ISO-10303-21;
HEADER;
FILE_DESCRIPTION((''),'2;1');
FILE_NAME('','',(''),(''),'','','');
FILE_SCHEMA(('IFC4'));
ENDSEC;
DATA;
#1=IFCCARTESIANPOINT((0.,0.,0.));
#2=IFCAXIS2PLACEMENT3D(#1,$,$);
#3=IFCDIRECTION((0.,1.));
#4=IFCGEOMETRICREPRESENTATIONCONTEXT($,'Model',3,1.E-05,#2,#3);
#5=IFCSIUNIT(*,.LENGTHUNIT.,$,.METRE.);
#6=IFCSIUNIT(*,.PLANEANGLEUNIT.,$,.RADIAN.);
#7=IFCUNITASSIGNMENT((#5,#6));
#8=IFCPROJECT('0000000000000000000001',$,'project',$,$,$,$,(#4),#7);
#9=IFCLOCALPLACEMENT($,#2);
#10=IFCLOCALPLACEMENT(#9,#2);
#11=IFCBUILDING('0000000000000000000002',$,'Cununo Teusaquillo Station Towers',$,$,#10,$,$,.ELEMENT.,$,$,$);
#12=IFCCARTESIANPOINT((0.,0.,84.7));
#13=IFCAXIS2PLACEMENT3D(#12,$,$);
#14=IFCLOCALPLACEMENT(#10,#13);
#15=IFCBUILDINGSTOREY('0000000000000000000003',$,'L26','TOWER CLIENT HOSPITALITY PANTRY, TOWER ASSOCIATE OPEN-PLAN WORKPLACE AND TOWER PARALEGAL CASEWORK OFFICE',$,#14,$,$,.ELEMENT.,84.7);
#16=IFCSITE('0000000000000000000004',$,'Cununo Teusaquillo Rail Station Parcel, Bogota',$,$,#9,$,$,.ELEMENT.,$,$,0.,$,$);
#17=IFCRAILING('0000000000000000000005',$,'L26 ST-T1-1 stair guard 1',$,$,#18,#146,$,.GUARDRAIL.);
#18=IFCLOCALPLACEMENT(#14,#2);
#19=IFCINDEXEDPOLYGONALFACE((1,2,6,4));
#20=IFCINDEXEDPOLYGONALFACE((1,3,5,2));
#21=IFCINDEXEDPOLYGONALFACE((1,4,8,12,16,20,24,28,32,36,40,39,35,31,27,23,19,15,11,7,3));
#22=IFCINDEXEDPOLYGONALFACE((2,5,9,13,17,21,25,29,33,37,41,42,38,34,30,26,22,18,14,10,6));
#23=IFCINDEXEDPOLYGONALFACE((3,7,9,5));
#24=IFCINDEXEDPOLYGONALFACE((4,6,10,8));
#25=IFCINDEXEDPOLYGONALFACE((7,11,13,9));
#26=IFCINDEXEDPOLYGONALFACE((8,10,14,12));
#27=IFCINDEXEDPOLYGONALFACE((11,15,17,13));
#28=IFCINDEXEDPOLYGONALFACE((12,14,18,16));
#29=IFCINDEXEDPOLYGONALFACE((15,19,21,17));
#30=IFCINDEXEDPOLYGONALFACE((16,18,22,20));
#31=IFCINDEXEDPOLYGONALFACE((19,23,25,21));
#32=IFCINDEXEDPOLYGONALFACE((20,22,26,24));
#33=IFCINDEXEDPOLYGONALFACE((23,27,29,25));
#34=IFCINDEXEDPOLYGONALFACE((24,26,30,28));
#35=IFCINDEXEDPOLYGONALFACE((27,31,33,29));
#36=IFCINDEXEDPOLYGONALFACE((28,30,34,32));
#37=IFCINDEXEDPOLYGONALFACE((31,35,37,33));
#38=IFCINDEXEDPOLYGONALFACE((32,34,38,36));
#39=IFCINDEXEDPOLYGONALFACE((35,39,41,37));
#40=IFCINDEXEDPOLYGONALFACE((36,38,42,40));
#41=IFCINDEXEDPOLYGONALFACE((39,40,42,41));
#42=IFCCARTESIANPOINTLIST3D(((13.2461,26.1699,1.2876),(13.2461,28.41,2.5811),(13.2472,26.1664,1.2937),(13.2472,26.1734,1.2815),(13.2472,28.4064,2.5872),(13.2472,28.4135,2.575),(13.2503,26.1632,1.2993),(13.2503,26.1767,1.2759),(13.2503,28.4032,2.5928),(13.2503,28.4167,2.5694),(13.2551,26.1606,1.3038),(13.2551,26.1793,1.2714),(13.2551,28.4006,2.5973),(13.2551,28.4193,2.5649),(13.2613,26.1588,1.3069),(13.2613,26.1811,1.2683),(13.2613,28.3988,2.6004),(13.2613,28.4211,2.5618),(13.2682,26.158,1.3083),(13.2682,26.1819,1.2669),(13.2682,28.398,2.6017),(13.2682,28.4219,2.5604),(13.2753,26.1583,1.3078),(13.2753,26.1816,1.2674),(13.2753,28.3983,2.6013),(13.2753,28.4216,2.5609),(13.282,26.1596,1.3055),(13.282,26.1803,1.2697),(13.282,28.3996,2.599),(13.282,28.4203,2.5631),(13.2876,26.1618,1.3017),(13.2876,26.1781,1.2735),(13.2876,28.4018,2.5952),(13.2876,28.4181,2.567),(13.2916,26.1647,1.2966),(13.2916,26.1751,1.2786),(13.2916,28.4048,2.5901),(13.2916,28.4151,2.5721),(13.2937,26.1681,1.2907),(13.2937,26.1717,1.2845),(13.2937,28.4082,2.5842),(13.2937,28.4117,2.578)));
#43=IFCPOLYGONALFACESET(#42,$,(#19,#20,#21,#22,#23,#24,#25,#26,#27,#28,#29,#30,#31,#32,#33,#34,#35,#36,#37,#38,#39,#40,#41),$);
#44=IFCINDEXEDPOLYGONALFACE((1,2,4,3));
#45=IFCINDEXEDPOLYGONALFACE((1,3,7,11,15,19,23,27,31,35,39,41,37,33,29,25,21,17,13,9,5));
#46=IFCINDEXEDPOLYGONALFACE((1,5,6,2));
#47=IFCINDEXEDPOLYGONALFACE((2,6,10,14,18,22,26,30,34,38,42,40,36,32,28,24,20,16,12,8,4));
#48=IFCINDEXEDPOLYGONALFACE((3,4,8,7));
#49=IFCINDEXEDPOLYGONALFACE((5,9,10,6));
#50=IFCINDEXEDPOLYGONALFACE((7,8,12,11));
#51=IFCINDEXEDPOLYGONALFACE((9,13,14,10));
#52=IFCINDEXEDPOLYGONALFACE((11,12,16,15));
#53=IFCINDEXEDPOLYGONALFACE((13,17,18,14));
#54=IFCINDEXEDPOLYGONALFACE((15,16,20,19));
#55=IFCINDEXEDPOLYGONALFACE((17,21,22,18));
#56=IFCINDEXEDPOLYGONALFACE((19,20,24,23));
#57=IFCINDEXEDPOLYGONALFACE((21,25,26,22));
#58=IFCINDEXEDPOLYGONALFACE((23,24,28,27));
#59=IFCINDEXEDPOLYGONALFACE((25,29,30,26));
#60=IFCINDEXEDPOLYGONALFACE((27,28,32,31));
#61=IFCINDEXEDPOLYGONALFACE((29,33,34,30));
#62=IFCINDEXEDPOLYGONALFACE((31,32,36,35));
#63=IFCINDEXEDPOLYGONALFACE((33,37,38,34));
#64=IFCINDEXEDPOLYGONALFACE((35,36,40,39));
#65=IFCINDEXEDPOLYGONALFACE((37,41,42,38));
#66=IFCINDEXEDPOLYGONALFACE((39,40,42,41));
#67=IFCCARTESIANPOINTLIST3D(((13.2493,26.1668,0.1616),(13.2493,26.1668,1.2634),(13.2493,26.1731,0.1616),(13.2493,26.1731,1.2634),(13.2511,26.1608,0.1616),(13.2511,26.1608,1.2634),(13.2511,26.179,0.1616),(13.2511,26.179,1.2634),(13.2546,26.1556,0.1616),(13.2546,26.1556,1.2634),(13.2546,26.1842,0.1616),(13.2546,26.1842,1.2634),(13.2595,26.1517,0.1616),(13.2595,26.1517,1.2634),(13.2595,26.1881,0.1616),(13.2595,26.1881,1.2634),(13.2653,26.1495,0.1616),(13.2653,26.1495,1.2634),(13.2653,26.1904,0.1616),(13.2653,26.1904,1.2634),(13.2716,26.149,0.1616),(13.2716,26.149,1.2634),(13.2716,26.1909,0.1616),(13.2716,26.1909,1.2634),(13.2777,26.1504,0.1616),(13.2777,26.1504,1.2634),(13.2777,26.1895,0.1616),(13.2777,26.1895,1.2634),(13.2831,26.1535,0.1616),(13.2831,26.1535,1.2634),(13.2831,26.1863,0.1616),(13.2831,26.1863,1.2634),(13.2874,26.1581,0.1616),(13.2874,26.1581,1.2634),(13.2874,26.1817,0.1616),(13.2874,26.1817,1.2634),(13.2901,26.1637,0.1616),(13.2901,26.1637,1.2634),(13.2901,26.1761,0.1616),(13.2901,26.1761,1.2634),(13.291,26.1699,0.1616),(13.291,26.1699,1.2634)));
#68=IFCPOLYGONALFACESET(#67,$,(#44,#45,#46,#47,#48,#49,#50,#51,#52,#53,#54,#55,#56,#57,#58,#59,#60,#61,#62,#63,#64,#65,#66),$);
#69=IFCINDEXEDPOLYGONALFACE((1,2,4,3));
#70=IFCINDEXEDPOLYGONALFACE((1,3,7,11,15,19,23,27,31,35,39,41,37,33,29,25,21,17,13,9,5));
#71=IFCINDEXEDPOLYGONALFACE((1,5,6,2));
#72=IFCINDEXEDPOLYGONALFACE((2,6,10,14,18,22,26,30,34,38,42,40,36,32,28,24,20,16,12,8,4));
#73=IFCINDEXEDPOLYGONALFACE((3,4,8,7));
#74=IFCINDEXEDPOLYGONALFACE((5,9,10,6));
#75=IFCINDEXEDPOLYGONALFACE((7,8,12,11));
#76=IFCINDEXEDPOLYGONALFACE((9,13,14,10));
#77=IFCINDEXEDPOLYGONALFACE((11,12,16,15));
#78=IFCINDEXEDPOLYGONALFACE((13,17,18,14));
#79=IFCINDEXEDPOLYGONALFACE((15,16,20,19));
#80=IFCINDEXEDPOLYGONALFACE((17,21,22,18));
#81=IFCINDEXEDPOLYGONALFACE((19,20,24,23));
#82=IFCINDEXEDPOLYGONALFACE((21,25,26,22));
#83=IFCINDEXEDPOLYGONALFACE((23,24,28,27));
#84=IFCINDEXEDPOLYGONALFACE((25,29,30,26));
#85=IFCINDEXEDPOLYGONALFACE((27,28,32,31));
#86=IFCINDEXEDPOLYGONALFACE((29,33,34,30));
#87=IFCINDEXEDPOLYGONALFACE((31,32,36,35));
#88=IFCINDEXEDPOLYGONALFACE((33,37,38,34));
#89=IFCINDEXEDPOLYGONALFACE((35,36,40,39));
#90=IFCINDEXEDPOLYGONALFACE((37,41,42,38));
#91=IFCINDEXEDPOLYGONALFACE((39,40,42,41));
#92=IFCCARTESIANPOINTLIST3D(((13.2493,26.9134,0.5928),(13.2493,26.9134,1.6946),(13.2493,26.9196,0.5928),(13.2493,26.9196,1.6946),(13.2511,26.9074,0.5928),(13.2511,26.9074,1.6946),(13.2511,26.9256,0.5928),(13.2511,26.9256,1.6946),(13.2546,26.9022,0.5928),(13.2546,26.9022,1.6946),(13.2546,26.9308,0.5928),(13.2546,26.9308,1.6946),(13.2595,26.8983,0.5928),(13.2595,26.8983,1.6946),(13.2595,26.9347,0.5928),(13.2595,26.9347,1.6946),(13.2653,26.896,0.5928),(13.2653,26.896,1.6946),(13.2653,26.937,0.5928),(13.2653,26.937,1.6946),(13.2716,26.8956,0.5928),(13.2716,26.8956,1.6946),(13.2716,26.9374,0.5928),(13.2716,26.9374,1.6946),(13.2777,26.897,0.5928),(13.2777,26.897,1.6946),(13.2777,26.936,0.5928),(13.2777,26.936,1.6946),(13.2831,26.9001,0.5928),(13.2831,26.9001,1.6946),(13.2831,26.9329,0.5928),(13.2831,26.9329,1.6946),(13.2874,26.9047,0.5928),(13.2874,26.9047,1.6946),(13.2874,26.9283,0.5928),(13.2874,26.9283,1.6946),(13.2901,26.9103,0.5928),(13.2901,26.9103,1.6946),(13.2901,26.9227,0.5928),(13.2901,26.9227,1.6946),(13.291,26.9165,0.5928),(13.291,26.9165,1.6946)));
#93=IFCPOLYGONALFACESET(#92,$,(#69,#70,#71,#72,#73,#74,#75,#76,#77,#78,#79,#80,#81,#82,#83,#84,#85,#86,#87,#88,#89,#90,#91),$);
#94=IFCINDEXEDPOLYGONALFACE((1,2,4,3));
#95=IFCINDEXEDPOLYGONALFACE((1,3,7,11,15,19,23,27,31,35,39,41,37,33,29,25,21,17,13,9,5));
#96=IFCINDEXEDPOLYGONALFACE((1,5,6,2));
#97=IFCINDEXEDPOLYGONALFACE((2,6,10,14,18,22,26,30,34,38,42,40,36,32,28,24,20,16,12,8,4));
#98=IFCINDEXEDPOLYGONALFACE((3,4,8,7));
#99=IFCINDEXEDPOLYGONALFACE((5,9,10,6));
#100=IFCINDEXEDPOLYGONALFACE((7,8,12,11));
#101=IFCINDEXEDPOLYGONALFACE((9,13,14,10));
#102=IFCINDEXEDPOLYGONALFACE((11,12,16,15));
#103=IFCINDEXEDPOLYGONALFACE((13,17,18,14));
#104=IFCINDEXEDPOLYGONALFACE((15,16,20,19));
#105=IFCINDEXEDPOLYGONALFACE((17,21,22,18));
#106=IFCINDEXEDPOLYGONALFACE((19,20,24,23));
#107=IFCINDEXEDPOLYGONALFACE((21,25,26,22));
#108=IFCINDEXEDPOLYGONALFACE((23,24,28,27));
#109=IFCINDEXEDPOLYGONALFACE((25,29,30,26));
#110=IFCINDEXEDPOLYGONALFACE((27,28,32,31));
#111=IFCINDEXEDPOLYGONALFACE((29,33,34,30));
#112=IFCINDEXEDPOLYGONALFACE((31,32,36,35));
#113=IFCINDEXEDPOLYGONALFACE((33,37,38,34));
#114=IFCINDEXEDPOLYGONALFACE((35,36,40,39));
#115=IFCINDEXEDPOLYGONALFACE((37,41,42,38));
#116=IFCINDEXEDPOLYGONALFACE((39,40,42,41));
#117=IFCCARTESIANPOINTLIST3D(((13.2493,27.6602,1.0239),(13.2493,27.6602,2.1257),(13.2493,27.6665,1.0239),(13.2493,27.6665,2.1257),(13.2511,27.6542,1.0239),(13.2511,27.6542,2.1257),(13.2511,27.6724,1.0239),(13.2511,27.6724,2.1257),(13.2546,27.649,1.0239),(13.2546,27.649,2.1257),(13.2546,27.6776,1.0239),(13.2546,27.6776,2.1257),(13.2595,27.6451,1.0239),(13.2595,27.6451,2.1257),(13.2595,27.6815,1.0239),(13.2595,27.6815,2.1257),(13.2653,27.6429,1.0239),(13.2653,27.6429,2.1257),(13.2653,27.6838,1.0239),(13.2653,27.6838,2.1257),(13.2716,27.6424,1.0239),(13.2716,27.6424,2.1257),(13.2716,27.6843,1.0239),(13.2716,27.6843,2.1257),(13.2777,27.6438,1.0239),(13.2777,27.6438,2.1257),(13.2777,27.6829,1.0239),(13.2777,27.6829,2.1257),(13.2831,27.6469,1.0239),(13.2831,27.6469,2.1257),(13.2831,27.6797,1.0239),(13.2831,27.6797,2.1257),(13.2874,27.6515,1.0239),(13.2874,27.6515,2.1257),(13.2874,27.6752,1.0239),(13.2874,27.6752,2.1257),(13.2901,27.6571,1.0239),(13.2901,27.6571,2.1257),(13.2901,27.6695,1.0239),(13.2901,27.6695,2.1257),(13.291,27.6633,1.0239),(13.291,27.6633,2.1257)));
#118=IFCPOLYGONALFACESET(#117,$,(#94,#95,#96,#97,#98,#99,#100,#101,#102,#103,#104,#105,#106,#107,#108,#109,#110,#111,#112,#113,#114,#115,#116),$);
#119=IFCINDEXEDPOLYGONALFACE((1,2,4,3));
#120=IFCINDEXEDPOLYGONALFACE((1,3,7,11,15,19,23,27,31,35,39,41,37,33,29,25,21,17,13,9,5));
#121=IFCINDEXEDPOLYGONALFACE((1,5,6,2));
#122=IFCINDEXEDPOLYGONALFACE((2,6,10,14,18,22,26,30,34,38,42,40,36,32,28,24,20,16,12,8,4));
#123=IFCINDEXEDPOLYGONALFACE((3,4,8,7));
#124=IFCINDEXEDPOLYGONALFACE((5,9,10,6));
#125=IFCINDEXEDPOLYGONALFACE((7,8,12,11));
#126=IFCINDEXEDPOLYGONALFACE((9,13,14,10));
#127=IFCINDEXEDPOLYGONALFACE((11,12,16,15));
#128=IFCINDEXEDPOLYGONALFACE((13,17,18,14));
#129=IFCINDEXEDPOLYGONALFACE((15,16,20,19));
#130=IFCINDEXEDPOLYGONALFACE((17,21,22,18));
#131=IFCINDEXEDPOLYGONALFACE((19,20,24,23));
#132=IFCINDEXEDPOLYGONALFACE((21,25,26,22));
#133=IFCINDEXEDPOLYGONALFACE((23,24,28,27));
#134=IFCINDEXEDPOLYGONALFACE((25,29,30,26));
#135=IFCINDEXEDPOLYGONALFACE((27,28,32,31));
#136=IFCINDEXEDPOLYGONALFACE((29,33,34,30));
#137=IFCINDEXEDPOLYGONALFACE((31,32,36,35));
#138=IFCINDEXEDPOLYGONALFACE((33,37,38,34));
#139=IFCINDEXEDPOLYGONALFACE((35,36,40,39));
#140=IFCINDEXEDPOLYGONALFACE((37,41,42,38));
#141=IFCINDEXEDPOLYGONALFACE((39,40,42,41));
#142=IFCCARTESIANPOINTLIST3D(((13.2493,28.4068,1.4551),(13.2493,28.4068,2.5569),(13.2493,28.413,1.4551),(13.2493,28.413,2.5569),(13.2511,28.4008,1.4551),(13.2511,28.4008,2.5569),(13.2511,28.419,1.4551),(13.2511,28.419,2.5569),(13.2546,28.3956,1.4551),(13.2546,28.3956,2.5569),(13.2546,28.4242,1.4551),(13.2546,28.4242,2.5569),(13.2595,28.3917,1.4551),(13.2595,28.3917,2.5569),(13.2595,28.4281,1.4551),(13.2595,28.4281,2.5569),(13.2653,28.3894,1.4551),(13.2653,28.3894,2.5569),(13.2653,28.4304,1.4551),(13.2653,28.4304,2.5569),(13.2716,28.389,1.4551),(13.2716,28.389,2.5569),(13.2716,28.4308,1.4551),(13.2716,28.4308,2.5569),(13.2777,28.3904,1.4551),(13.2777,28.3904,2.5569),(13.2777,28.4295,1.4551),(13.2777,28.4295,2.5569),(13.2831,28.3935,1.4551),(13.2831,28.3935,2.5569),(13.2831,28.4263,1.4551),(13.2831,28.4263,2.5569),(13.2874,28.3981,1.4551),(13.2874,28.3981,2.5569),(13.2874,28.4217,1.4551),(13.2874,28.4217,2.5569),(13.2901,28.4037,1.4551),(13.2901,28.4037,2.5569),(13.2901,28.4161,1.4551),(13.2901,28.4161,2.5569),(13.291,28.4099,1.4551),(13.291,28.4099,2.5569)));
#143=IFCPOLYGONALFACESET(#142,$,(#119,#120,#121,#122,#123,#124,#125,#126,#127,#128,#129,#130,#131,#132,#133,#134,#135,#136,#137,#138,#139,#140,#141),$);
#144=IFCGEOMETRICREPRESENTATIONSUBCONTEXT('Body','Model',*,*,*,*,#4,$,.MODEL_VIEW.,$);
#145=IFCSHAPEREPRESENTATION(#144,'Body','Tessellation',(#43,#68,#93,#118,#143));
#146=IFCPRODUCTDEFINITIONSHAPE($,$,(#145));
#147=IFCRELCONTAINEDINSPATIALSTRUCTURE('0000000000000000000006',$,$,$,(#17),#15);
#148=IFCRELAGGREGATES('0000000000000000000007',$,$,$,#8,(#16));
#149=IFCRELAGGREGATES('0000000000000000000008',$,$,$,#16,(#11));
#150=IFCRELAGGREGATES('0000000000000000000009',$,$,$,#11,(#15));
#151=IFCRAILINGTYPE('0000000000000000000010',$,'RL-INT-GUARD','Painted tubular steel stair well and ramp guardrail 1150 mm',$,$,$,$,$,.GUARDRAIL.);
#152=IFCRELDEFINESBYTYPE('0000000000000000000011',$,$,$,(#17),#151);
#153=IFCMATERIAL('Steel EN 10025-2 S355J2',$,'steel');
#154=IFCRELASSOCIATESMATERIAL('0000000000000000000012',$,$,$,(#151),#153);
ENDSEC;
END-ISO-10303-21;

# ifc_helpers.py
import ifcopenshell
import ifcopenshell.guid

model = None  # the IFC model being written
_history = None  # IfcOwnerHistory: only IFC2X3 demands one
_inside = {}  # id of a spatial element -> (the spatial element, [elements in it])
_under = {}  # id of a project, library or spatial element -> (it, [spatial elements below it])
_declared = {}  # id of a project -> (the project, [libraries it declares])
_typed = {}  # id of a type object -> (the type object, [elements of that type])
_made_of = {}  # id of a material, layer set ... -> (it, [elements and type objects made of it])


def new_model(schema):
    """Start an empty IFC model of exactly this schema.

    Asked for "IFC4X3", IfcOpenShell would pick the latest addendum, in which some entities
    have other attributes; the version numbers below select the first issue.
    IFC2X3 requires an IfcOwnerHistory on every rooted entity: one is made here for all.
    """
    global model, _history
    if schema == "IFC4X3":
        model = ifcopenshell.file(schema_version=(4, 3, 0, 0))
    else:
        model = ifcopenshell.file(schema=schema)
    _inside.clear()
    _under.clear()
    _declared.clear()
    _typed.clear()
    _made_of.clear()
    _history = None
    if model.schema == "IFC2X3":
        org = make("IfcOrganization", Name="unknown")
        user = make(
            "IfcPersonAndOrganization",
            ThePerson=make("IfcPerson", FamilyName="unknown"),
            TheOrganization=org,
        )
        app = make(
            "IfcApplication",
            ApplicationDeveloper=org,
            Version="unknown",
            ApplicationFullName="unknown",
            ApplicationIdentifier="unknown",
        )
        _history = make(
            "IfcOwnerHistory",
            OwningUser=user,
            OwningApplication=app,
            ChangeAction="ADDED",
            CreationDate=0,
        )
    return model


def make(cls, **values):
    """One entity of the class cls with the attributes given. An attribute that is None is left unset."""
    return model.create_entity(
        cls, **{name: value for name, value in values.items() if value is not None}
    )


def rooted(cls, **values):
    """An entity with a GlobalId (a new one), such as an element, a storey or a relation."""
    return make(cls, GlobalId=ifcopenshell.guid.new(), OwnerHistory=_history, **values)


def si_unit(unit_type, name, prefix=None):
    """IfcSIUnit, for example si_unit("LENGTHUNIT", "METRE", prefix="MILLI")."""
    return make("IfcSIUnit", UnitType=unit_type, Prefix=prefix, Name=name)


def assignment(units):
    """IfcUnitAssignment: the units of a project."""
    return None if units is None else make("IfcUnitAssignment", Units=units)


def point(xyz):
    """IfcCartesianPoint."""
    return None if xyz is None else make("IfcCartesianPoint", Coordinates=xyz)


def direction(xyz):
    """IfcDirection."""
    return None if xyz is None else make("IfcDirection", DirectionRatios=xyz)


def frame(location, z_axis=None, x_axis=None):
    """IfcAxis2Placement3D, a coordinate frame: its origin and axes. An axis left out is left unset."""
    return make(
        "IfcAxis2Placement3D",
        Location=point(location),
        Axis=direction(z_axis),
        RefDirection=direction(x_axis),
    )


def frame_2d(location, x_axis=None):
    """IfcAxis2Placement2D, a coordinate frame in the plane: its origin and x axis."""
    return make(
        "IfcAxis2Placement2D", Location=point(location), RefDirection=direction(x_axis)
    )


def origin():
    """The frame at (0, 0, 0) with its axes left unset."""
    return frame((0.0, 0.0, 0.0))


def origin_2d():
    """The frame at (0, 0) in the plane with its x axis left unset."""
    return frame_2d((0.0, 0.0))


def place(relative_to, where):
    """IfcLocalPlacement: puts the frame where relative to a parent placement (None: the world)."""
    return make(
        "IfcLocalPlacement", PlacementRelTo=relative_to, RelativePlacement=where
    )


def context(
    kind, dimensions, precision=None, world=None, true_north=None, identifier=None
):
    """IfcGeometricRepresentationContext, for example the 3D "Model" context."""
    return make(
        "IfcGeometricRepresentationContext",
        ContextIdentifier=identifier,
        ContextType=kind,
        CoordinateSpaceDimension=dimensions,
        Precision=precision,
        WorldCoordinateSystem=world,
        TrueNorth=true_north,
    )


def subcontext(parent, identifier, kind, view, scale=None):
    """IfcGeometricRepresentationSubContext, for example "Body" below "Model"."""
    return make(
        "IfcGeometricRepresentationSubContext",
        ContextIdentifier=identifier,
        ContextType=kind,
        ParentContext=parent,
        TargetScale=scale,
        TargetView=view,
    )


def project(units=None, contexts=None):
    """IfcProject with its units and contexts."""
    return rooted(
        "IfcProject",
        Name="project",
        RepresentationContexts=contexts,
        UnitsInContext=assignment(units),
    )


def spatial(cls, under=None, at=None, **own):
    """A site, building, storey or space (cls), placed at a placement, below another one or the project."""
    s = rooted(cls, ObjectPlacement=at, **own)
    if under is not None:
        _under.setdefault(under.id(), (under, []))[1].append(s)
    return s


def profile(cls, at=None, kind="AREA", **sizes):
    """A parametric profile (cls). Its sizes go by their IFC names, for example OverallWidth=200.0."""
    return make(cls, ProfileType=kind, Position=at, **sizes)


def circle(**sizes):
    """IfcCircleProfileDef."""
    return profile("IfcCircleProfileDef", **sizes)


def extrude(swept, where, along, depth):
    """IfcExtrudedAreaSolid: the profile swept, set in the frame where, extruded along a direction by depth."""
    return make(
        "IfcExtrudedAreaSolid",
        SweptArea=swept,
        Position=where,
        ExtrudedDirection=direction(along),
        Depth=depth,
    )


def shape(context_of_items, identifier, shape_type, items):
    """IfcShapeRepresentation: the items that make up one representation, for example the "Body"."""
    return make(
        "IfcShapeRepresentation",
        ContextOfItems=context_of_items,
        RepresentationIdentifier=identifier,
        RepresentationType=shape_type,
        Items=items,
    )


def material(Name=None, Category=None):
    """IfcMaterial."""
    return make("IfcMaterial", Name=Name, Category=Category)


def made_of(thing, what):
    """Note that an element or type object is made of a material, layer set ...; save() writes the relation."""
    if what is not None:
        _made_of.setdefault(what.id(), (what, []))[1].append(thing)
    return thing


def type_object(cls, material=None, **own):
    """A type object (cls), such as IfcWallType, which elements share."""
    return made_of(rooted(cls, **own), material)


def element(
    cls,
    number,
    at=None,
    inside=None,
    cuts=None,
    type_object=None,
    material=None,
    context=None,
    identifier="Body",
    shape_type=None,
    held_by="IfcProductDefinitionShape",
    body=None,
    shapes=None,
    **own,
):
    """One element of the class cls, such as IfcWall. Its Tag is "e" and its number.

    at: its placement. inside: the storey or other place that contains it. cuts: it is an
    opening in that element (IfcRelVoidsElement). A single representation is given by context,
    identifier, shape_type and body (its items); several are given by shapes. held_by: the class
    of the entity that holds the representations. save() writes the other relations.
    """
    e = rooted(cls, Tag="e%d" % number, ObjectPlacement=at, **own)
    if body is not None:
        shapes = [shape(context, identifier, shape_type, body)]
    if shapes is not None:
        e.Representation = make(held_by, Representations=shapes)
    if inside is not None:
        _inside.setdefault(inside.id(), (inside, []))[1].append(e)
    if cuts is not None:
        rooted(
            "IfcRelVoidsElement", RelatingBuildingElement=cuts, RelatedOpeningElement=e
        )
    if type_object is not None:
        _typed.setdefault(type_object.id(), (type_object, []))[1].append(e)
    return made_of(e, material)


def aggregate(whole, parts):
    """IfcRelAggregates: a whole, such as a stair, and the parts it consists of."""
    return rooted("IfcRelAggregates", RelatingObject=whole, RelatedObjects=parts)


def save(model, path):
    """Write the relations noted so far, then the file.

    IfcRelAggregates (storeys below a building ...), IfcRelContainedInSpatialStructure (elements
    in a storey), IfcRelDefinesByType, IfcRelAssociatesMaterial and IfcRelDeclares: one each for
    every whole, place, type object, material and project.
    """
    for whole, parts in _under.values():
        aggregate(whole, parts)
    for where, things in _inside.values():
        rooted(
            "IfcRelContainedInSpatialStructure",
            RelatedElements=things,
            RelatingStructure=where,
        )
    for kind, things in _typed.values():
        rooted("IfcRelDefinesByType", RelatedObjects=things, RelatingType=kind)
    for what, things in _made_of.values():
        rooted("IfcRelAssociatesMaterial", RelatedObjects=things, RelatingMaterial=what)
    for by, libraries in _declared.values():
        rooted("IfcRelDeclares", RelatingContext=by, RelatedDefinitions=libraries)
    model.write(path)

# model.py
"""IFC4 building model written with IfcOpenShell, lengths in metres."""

from ifc_helpers import new_model, si_unit, direction, frame, origin, origin_2d, place, context, subcontext, project, spatial, circle, extrude, material, type_object, element, save


model = new_model("IFC4")

# Units and contexts
model_context = context("Model", 3, precision=1e-05, world=origin(), true_north=direction((0.0, 1.0)))
body_context = subcontext(model_context, "Body", "Model", "MODEL_VIEW")
ifc_project = project(units=[si_unit("LENGTHUNIT", "METRE"), si_unit("PLANEANGLEUNIT", "RADIAN")], contexts=[model_context])

# Site, building, storey
site_placement = place(None, origin())
site = spatial("IfcSite", under=ifc_project, at=site_placement, Name="Cununo Teusaquillo Rail Station Parcel, Bogota", CompositionType="ELEMENT", RefElevation=0.0)
building_placement = place(site_placement, origin())
building = spatial("IfcBuilding", under=site, at=building_placement, Name="Cununo Teusaquillo Station Towers", CompositionType="ELEMENT")
storey_placement = place(building_placement, frame((0.0, 0.0, 84.7)))
storey = spatial("IfcBuildingStorey", under=building, at=storey_placement, Name="L26", Description="TOWER CLIENT HOSPITALITY PANTRY, TOWER ASSOCIATE OPEN-PLAN WORKPLACE AND TOWER PARALEGAL CASEWORK OFFICE", CompositionType="ELEMENT", Elevation=84.7)

# Railing
ifc_material_1 = material(Name="Steel EN 10025-2 S355J2", Category="steel")
railing_type_1 = type_object("IfcRailingType", Name="RL-INT-GUARD", Description="Painted tubular steel stair well and ramp guardrail 1150 mm", PredefinedType="GUARDRAIL", material=ifc_material_1)
railing_1_placement = place(storey_placement, frame((13.27, 26.1699, 0.1616)))
element("IfcRailing", 1, at=railing_1_placement, inside=storey, type_object=railing_type_1, Name="L26 ST-T1-1 stair guard 1", PredefinedType="GUARDRAIL", context=body_context, shape_type="SweptSolid", body=[
    extrude(circle(Radius=0.0239, at=origin_2d()), frame((0.0, 0.0, 1.126), z_axis=(0.0, 0.865992, 0.500057), x_axis=(-1.0, 0.0, 0.0)), (0.0, 0.0, 1.0), 2.5867),
    extrude(circle(Radius=0.021, at=origin_2d()), origin(), (0.0, 0.0, 1.0), 1.1018),
    extrude(circle(Radius=0.021, at=origin_2d()), frame((0.0, 0.7466, 0.4312)), (0.0, 0.0, 1.0), 1.1018),
    extrude(circle(Radius=0.021, at=origin_2d()), frame((0.0, 1.4934, 0.8623)), (0.0, 0.0, 1.0), 1.1018),
    extrude(circle(Radius=0.021, at=origin_2d()), frame((0.0, 2.24, 1.2935)), (0.0, 0.0, 1.0), 1.1018),
])

save(model, "model.ifc")
